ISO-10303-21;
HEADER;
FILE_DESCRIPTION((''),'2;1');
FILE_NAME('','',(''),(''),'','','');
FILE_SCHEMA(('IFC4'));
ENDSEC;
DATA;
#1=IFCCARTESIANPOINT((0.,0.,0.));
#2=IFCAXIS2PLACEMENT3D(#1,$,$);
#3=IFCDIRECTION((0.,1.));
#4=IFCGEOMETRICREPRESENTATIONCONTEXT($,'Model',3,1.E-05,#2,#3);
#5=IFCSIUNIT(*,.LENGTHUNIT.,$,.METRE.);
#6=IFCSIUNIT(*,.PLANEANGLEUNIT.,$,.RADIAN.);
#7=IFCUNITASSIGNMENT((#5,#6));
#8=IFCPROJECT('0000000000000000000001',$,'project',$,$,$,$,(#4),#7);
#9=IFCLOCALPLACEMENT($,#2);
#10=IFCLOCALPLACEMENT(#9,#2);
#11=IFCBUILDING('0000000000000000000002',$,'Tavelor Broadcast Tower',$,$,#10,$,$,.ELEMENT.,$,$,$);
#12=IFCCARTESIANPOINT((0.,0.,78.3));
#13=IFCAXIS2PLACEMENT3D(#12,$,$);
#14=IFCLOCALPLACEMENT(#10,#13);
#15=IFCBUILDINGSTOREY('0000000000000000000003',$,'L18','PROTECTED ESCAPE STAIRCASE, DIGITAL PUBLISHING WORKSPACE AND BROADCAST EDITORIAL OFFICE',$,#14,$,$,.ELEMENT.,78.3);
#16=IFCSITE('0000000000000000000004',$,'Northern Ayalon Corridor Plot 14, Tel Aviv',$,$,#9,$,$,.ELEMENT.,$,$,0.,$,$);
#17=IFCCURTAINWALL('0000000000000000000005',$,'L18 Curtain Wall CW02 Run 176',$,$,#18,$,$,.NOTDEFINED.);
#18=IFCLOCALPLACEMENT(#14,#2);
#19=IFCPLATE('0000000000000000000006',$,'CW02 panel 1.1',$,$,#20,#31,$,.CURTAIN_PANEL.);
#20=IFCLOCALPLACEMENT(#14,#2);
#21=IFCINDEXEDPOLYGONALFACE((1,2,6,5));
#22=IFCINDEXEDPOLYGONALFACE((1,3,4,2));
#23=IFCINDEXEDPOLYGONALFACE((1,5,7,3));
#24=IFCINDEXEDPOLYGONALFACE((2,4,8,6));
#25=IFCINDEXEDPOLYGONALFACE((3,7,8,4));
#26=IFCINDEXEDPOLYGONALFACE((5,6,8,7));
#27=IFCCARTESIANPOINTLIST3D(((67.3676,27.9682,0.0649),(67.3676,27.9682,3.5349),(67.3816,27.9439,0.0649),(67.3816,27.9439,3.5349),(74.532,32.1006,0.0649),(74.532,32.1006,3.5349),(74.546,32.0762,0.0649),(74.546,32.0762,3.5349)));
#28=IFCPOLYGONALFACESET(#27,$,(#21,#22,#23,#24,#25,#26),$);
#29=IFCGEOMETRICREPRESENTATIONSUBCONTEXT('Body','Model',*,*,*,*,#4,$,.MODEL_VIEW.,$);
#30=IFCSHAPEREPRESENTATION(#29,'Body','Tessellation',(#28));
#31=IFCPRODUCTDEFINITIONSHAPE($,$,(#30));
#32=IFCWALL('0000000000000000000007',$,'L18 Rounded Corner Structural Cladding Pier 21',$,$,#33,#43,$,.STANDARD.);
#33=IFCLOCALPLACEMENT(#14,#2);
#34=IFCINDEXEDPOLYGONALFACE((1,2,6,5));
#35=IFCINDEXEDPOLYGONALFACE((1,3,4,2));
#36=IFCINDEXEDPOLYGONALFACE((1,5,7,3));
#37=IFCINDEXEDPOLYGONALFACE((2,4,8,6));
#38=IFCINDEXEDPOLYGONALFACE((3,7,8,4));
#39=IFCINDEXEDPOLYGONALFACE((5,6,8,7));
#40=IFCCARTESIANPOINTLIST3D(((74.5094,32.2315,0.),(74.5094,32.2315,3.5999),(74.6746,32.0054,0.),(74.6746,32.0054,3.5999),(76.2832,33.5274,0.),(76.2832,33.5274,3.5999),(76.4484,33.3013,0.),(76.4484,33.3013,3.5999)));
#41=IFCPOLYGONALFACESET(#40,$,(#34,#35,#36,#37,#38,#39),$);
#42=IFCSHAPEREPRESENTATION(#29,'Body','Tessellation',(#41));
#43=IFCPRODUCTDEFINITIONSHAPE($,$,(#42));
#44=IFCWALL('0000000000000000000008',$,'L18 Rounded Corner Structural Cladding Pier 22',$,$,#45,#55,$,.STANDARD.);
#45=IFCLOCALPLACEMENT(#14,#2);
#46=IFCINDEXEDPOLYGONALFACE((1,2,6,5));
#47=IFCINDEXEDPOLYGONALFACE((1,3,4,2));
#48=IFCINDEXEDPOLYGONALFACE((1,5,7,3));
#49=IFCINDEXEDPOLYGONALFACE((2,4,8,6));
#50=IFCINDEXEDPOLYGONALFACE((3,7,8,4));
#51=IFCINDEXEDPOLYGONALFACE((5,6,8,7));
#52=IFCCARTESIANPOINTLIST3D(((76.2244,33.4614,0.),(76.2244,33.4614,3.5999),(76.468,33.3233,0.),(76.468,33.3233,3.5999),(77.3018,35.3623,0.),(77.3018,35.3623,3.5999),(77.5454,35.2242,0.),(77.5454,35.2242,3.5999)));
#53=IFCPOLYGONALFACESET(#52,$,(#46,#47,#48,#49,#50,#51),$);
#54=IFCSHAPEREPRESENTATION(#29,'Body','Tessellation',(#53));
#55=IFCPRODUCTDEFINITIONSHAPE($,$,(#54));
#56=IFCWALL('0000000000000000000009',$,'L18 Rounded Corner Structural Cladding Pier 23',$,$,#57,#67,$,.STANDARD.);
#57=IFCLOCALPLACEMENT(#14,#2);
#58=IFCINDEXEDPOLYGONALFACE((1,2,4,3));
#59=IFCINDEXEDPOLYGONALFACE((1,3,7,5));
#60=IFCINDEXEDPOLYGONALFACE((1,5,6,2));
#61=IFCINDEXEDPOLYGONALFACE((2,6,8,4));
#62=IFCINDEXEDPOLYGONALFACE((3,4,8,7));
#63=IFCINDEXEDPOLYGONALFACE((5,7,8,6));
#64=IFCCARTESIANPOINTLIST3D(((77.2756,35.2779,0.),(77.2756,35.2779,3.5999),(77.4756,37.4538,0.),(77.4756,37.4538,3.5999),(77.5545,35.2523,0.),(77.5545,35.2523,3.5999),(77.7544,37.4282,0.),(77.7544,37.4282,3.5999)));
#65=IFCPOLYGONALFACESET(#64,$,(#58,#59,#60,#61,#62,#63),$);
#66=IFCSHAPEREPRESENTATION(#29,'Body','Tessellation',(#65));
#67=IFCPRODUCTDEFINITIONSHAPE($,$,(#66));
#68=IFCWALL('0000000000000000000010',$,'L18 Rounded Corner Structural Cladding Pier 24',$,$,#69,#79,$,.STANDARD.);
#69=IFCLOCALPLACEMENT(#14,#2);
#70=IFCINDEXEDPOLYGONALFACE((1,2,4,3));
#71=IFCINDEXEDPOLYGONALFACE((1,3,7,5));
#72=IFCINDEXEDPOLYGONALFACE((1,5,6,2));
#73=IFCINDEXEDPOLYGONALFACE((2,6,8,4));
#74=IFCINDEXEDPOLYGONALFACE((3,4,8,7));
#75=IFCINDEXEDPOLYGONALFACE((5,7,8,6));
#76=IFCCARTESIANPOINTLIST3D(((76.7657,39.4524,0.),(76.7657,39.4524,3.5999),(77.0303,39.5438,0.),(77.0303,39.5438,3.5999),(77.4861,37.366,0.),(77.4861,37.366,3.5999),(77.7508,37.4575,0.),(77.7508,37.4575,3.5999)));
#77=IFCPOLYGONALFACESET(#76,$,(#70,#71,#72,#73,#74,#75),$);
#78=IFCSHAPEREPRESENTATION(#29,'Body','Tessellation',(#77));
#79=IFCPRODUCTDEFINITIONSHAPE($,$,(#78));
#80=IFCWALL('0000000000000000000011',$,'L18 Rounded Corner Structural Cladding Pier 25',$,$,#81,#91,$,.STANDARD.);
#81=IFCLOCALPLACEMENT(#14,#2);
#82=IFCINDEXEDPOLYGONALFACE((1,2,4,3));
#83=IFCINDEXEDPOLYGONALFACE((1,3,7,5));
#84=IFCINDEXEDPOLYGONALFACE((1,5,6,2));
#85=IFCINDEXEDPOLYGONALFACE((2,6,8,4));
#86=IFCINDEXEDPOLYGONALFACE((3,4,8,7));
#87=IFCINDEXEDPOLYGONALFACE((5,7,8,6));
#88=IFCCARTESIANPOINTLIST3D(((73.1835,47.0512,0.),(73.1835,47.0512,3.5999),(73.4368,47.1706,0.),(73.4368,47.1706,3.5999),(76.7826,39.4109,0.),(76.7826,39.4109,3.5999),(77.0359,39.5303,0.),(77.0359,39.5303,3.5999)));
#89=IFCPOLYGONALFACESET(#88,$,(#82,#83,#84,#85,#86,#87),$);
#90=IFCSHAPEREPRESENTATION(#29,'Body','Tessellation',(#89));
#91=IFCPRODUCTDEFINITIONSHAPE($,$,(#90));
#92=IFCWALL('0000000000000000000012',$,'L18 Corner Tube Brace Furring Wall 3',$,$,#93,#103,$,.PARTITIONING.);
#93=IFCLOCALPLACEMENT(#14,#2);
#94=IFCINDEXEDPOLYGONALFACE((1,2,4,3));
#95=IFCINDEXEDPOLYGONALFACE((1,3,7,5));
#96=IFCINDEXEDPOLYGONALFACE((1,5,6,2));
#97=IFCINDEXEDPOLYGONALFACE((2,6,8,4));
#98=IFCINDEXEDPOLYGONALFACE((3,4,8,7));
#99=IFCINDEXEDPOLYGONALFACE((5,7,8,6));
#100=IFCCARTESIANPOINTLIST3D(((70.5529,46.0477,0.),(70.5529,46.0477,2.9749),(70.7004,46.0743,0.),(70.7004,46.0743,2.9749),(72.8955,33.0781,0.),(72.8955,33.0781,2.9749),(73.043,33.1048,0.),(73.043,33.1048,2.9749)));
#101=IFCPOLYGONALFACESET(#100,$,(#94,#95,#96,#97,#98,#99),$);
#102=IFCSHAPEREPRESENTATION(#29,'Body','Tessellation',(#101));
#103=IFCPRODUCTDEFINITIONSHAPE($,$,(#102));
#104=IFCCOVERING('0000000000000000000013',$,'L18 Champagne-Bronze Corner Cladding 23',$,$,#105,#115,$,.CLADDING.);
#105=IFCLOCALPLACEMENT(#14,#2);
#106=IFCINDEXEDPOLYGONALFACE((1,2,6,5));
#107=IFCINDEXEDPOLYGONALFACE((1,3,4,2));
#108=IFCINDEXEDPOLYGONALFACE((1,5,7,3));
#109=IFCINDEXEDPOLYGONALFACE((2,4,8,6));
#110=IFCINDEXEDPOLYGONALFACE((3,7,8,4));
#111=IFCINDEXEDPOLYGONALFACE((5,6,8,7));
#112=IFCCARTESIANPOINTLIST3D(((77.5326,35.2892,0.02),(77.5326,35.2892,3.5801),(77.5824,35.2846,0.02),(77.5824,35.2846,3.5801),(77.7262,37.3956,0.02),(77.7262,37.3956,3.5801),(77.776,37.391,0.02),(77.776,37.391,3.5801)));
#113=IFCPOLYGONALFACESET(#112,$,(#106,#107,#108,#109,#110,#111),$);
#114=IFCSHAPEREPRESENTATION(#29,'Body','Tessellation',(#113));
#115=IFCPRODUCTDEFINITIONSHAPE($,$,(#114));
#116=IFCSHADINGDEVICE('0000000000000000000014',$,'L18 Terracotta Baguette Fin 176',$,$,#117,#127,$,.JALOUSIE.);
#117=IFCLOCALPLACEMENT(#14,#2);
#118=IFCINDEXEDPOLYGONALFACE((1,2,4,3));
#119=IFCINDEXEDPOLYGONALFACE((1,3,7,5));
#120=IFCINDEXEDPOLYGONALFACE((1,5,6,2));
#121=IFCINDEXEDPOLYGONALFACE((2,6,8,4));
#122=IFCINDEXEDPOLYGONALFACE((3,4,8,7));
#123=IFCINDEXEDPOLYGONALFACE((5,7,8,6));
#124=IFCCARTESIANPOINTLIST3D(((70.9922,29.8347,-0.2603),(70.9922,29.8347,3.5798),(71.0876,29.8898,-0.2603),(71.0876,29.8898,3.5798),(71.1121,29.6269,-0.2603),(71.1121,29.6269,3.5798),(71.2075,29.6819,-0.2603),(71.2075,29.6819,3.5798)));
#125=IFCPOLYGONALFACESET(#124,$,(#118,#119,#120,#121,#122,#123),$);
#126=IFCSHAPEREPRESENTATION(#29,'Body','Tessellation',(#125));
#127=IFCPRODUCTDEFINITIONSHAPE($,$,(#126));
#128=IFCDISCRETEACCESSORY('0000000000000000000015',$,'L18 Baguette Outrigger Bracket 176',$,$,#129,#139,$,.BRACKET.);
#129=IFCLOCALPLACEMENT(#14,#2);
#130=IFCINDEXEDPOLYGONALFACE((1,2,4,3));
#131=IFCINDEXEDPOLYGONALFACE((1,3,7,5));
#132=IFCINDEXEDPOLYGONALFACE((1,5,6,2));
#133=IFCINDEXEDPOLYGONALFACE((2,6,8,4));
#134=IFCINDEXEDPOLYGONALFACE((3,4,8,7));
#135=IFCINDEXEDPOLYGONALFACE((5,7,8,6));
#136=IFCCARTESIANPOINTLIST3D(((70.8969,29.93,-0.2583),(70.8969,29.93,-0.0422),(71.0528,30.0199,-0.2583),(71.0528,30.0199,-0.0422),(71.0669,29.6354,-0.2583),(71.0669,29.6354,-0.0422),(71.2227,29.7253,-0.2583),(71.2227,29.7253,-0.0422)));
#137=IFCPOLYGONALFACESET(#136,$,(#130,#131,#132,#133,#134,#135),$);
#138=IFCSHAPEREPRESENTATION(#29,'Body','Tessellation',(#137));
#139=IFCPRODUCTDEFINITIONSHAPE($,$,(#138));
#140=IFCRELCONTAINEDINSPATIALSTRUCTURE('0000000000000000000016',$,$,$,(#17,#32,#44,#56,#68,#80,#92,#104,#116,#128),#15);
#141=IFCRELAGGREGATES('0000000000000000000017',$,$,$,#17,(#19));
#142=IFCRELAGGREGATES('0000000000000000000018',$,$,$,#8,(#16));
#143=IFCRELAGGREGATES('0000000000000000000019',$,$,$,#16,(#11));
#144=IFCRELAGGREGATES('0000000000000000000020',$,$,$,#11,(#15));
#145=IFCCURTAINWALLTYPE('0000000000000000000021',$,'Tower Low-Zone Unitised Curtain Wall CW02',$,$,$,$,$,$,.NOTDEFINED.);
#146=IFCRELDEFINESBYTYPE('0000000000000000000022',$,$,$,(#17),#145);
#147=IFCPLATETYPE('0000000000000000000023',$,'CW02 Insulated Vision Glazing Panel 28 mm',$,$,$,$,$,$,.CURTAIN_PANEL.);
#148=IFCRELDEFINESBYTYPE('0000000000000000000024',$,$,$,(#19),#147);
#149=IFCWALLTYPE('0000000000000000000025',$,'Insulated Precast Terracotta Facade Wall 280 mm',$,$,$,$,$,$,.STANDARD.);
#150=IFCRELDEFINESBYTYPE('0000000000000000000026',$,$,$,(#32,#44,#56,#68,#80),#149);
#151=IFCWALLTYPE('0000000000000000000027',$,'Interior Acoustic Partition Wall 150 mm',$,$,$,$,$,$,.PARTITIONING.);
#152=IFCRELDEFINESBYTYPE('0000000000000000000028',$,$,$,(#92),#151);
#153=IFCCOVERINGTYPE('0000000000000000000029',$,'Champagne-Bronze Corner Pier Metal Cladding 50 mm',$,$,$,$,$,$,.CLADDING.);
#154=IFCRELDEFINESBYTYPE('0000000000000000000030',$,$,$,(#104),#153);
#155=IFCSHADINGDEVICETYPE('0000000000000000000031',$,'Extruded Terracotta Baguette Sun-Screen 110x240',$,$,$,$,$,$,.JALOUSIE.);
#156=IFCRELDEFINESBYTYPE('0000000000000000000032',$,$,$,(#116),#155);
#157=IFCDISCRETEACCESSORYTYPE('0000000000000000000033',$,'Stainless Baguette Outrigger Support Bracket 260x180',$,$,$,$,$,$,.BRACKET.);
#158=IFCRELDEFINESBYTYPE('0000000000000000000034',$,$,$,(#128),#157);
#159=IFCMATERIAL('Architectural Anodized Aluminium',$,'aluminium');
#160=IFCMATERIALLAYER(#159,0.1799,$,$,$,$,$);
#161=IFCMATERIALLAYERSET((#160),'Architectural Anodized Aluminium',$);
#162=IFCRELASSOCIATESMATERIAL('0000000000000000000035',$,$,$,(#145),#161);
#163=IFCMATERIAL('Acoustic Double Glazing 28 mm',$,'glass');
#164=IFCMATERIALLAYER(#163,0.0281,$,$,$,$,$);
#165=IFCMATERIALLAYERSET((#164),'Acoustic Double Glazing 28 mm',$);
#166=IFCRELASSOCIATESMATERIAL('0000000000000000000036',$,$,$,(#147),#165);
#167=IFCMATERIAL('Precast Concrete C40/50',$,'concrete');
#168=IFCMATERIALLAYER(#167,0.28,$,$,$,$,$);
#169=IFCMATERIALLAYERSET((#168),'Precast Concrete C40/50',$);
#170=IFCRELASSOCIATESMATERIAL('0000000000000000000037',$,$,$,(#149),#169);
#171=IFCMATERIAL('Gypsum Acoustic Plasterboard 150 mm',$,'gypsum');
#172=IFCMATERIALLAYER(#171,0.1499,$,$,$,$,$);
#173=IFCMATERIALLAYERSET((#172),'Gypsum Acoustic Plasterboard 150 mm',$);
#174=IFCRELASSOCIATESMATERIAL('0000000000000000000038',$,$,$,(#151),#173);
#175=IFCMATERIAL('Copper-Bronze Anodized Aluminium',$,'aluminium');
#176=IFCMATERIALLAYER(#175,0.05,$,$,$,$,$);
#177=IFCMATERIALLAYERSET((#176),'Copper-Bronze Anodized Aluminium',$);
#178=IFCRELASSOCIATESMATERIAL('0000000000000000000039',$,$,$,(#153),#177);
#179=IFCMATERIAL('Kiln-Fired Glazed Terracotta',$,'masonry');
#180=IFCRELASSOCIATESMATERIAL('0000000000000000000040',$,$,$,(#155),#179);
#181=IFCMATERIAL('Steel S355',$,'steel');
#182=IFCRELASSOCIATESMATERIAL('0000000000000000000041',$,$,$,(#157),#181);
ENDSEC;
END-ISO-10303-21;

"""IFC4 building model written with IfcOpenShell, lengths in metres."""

from ifc_helpers import new_model, si_unit, direction, frame, frame_2d, origin, origin_2d, place, context, subcontext, project, spatial, rectangle, extrude, source, transform, mapped, material, layer, layer_set, type_object, type_shapes, element, aggregate, save


model = new_model("IFC4")

# Units and contexts
model_context = context("Model", 3, precision=1e-05, world=origin(), true_north=direction((0.0, 1.0)))
body_context = subcontext(model_context, "Body", "Model", "MODEL_VIEW")
ifc_project = project(units=[si_unit("LENGTHUNIT", "METRE"), si_unit("PLANEANGLEUNIT", "RADIAN")], contexts=[model_context])

# Site, building, storey
site_placement = place(None, origin())
site = spatial("IfcSite", under=ifc_project, at=site_placement, Name="Northern Ayalon Corridor Plot 14, Tel Aviv", CompositionType="ELEMENT", RefElevation=0.0)
building_placement = place(site_placement, origin())
building = spatial("IfcBuilding", under=site, at=building_placement, Name="Tavelor Broadcast Tower", CompositionType="ELEMENT")
storey_placement = place(building_placement, frame((0.0, 0.0, 78.3)))
storey = spatial("IfcBuildingStorey", under=building, at=storey_placement, Name="L18", Description="PROTECTED ESCAPE STAIRCASE, DIGITAL PUBLISHING WORKSPACE AND BROADCAST EDITORIAL OFFICE", CompositionType="ELEMENT", Elevation=78.3)

# Shared definitions
ifc_material_1 = material(Name="Steel S355", Category="steel")

# Shared definitions
ifc_material_2 = material(Name="Architectural Anodized Aluminium", Category="aluminium")
ifc_layer_1 = layer(ifc_material_2, 0.1799)
ifc_layer_set_1 = layer_set([ifc_layer_1], Name="Architectural Anodized Aluminium")
curtain_wall_type = type_object("IfcCurtainWallType", Name="Tower Low-Zone Unitised Curtain Wall CW02", PredefinedType="NOTDEFINED", material=ifc_layer_set_1)

# Curtain wall
curtain_wall_1_placement = place(storey_placement, origin())
curtain_wall_1 = element("IfcCurtainWall", 1, at=curtain_wall_1_placement, inside=storey, type_object=curtain_wall_type, Name="L18 Curtain Wall CW02 Run 176", PredefinedType="NOTDEFINED")

# Plate
ifc_material_3 = material(Name="Acoustic Double Glazing 28 mm", Category="glass")
ifc_layer_2 = layer(ifc_material_3, 0.0281)
ifc_layer_set_2 = layer_set([ifc_layer_2], Name="Acoustic Double Glazing 28 mm")
plate_type_1 = type_object("IfcPlateType", Name="CW02 Insulated Vision Glazing Panel 28 mm", PredefinedType="CURTAIN_PANEL", material=ifc_layer_set_2)
shared_shape_1 = source(origin(), body_context, "Body", "SweptSolid", [
    extrude(rectangle(XDim=8.2708, YDim=0.0281, at=origin_2d()), origin(), (0.0, 0.0, 1.0), 3.47),
])
type_shapes(plate_type_1, [shared_shape_1])
plate_1_placement = place(storey_placement, frame((70.9568, 30.0222, 0.0649), z_axis=(0.0, 0.0, 1.0), x_axis=(0.866236, 0.499636, 0.0)))
plate_1 = element("IfcPlate", 2, at=plate_1_placement, type_object=plate_type_1, Name="CW02 panel 1.1", PredefinedType="CURTAIN_PANEL", context=body_context, shape_type="MappedRepresentation", body=[
    mapped(shared_shape_1, transform((0.0, 0.0, 0.0), scale=1.0)),
])
aggregate(curtain_wall_1, [plate_1])

# Walls
ifc_material_4 = material(Name="Precast Concrete C40/50", Category="concrete")
ifc_layer_3 = layer(ifc_material_4, 0.28)
ifc_layer_set_3 = layer_set([ifc_layer_3], Name="Precast Concrete C40/50")
wall_type_1 = type_object("IfcWallType", Name="Insulated Precast Terracotta Facade Wall 280 mm", PredefinedType="STANDARD", material=ifc_layer_set_3)
wall_1_placement = place(storey_placement, frame((74.592, 32.1184, 0.0), z_axis=(0.0, 0.0, 1.0), x_axis=(0.807446, 0.589941, 0.0)))
element("IfcWall", 3, at=wall_1_placement, inside=storey, type_object=wall_type_1, Name="L18 Rounded Corner Structural Cladding Pier 21", PredefinedType="STANDARD", context=body_context, shape_type="SweptSolid", body=[
    extrude(rectangle(XDim=2.1968, YDim=0.28, at=frame_2d((1.0984, 0.0))), origin(), (0.0, 0.0, 1.0), 3.5999),
])
for number, where, z_axis, x_axis, name in (
    (4, (76.3462, 33.3923, 0.0), (0.0, 0.0, 1.0), (0.493092, 0.869977, 0.0), "L18 Rounded Corner Structural Cladding Pier 22"),
    (5, (77.415, 35.2651, 0.0), (0.0, 0.0, 1.0), (0.091513, 0.995804, 0.0), "L18 Rounded Corner Structural Cladding Pier 23"),
):
    element("IfcWall", number, at=place(storey_placement, frame(where, z_axis=z_axis, x_axis=x_axis)), inside=storey, type_object=wall_type_1, Name=name, PredefinedType="STANDARD", context=body_context, shape_type="SweptSolid", body=[
        extrude(rectangle(XDim=2.1851, YDim=0.28, at=frame_2d((1.0925, 0.0))), origin(), (0.0, 0.0, 1.0), 3.5999),
    ])
wall_2_placement = place(storey_placement, frame((77.6184, 37.4119, 0.0), z_axis=(0.0, 0.0, 1.0), x_axis=(-0.326396, 0.945233, 0.0)))
element("IfcWall", 6, at=wall_2_placement, inside=storey, type_object=wall_type_1, Name="L18 Rounded Corner Structural Cladding Pier 24", PredefinedType="STANDARD", context=body_context, shape_type="SweptSolid", body=[
    extrude(rectangle(XDim=2.2073, YDim=0.28, at=frame_2d((1.1035, 0.0))), origin(), (0.0, 0.0, 1.0), 3.5999),
])
wall_3_placement = place(storey_placement, frame((76.9092, 39.4707, 0.0), z_axis=(0.0, 0.0, 1.0), x_axis=(-0.426151, 0.904652, 0.0)))
element("IfcWall", 7, at=wall_3_placement, inside=storey, type_object=wall_type_1, Name="L18 Rounded Corner Structural Cladding Pier 25", PredefinedType="STANDARD", context=body_context, shape_type="SweptSolid", body=[
    extrude(rectangle(XDim=8.4456, YDim=0.28, at=frame_2d((4.2227, 0.0))), origin(), (0.0, 0.0, 1.0), 3.5999),
])
ifc_material_5 = material(Name="Gypsum Acoustic Plasterboard 150 mm", Category="gypsum")
ifc_layer_4 = layer(ifc_material_5, 0.1499)
ifc_layer_set_4 = layer_set([ifc_layer_4], Name="Gypsum Acoustic Plasterboard 150 mm")
wall_type_2 = type_object("IfcWallType", Name="Interior Acoustic Partition Wall 150 mm", PredefinedType="PARTITIONING", material=ifc_layer_set_4)
wall_4_placement = place(storey_placement, frame((72.9692, 33.0913, 0.0), z_axis=(0.0, 0.0, 1.0), x_axis=(-0.177743, 0.984077, 0.0)))
element("IfcWall", 8, at=wall_4_placement, inside=storey, type_object=wall_type_2, Name="L18 Corner Tube Brace Furring Wall 3", PredefinedType="PARTITIONING", context=body_context, shape_type="SweptSolid", body=[
    extrude(rectangle(XDim=13.1794, YDim=0.1499, at=frame_2d((6.5898, 0.0))), origin(), (0.0, 0.0, 1.0), 2.9749),
])

# Covering
ifc_material_6 = material(Name="Copper-Bronze Anodized Aluminium", Category="aluminium")
ifc_layer_5 = layer(ifc_material_6, 0.05)
ifc_layer_set_5 = layer_set([ifc_layer_5], Name="Copper-Bronze Anodized Aluminium")
covering_type = type_object("IfcCoveringType", Name="Champagne-Bronze Corner Pier Metal Cladding 50 mm", PredefinedType="CLADDING", material=ifc_layer_set_5)
covering_placement = place(storey_placement, frame((77.6543, 36.3401, 0.02), z_axis=(0.0, 0.0, 1.0), x_axis=(0.091502, 0.995805, 0.0)))
element("IfcCovering", 9, at=covering_placement, inside=storey, type_object=covering_type, Name="L18 Champagne-Bronze Corner Cladding 23", PredefinedType="CLADDING", context=body_context, shape_type="SweptSolid", body=[
    extrude(rectangle(XDim=2.1152, YDim=0.05, at=origin_2d()), origin(), (0.0, 0.0, 1.0), 3.5601),
])

# Shading device
ifc_material_7 = material(Name="Kiln-Fired Glazed Terracotta", Category="masonry")
shading_device_type = type_object("IfcShadingDeviceType", Name="Extruded Terracotta Baguette Sun-Screen 110x240", PredefinedType="JALOUSIE", material=ifc_material_7)
shared_shape_2 = source(origin(), body_context, "Body", "SweptSolid", [
    extrude(rectangle(XDim=0.1101, YDim=0.24, at=origin_2d()), origin(), (0.0, 0.0, 1.0), 3.8401),
])
type_shapes(shading_device_type, [shared_shape_2])
shading_device_placement = place(storey_placement, frame((71.0999, 29.7583, -0.2603), z_axis=(0.0, 0.0, 1.0), x_axis=(0.8662, 0.499698, 0.0)))
element("IfcShadingDevice", 10, at=shading_device_placement, inside=storey, type_object=shading_device_type, Name="L18 Terracotta Baguette Fin 176", PredefinedType="JALOUSIE", context=body_context, shape_type="MappedRepresentation", body=[
    mapped(shared_shape_2, transform((0.0, 0.0, 0.0), scale=1.0)),
])

# Discrete accessory
discrete_accessory_type = type_object("IfcDiscreteAccessoryType", Name="Stainless Baguette Outrigger Support Bracket 260x180", PredefinedType="BRACKET", material=ifc_material_1)
shared_shape_3 = source(origin(), body_context, "Body", "SweptSolid", [
    extrude(rectangle(XDim=0.1799, YDim=0.3401, at=origin_2d()), origin(), (0.0, 0.0, 1.0), 0.2161),
])
type_shapes(discrete_accessory_type, [shared_shape_3])
discrete_accessory_placement = place(storey_placement, frame((71.0598, 29.8276, -0.2583), z_axis=(0.0, 0.0, 1.0), x_axis=(0.8662, 0.499698, 0.0)))
element("IfcDiscreteAccessory", 11, at=discrete_accessory_placement, inside=storey, type_object=discrete_accessory_type, Name="L18 Baguette Outrigger Bracket 176", PredefinedType="BRACKET", context=body_context, shape_type="MappedRepresentation", body=[
    mapped(shared_shape_3, transform((0.0, 0.0, 0.0), scale=1.0)),
])

save(model, "model.ifc")
